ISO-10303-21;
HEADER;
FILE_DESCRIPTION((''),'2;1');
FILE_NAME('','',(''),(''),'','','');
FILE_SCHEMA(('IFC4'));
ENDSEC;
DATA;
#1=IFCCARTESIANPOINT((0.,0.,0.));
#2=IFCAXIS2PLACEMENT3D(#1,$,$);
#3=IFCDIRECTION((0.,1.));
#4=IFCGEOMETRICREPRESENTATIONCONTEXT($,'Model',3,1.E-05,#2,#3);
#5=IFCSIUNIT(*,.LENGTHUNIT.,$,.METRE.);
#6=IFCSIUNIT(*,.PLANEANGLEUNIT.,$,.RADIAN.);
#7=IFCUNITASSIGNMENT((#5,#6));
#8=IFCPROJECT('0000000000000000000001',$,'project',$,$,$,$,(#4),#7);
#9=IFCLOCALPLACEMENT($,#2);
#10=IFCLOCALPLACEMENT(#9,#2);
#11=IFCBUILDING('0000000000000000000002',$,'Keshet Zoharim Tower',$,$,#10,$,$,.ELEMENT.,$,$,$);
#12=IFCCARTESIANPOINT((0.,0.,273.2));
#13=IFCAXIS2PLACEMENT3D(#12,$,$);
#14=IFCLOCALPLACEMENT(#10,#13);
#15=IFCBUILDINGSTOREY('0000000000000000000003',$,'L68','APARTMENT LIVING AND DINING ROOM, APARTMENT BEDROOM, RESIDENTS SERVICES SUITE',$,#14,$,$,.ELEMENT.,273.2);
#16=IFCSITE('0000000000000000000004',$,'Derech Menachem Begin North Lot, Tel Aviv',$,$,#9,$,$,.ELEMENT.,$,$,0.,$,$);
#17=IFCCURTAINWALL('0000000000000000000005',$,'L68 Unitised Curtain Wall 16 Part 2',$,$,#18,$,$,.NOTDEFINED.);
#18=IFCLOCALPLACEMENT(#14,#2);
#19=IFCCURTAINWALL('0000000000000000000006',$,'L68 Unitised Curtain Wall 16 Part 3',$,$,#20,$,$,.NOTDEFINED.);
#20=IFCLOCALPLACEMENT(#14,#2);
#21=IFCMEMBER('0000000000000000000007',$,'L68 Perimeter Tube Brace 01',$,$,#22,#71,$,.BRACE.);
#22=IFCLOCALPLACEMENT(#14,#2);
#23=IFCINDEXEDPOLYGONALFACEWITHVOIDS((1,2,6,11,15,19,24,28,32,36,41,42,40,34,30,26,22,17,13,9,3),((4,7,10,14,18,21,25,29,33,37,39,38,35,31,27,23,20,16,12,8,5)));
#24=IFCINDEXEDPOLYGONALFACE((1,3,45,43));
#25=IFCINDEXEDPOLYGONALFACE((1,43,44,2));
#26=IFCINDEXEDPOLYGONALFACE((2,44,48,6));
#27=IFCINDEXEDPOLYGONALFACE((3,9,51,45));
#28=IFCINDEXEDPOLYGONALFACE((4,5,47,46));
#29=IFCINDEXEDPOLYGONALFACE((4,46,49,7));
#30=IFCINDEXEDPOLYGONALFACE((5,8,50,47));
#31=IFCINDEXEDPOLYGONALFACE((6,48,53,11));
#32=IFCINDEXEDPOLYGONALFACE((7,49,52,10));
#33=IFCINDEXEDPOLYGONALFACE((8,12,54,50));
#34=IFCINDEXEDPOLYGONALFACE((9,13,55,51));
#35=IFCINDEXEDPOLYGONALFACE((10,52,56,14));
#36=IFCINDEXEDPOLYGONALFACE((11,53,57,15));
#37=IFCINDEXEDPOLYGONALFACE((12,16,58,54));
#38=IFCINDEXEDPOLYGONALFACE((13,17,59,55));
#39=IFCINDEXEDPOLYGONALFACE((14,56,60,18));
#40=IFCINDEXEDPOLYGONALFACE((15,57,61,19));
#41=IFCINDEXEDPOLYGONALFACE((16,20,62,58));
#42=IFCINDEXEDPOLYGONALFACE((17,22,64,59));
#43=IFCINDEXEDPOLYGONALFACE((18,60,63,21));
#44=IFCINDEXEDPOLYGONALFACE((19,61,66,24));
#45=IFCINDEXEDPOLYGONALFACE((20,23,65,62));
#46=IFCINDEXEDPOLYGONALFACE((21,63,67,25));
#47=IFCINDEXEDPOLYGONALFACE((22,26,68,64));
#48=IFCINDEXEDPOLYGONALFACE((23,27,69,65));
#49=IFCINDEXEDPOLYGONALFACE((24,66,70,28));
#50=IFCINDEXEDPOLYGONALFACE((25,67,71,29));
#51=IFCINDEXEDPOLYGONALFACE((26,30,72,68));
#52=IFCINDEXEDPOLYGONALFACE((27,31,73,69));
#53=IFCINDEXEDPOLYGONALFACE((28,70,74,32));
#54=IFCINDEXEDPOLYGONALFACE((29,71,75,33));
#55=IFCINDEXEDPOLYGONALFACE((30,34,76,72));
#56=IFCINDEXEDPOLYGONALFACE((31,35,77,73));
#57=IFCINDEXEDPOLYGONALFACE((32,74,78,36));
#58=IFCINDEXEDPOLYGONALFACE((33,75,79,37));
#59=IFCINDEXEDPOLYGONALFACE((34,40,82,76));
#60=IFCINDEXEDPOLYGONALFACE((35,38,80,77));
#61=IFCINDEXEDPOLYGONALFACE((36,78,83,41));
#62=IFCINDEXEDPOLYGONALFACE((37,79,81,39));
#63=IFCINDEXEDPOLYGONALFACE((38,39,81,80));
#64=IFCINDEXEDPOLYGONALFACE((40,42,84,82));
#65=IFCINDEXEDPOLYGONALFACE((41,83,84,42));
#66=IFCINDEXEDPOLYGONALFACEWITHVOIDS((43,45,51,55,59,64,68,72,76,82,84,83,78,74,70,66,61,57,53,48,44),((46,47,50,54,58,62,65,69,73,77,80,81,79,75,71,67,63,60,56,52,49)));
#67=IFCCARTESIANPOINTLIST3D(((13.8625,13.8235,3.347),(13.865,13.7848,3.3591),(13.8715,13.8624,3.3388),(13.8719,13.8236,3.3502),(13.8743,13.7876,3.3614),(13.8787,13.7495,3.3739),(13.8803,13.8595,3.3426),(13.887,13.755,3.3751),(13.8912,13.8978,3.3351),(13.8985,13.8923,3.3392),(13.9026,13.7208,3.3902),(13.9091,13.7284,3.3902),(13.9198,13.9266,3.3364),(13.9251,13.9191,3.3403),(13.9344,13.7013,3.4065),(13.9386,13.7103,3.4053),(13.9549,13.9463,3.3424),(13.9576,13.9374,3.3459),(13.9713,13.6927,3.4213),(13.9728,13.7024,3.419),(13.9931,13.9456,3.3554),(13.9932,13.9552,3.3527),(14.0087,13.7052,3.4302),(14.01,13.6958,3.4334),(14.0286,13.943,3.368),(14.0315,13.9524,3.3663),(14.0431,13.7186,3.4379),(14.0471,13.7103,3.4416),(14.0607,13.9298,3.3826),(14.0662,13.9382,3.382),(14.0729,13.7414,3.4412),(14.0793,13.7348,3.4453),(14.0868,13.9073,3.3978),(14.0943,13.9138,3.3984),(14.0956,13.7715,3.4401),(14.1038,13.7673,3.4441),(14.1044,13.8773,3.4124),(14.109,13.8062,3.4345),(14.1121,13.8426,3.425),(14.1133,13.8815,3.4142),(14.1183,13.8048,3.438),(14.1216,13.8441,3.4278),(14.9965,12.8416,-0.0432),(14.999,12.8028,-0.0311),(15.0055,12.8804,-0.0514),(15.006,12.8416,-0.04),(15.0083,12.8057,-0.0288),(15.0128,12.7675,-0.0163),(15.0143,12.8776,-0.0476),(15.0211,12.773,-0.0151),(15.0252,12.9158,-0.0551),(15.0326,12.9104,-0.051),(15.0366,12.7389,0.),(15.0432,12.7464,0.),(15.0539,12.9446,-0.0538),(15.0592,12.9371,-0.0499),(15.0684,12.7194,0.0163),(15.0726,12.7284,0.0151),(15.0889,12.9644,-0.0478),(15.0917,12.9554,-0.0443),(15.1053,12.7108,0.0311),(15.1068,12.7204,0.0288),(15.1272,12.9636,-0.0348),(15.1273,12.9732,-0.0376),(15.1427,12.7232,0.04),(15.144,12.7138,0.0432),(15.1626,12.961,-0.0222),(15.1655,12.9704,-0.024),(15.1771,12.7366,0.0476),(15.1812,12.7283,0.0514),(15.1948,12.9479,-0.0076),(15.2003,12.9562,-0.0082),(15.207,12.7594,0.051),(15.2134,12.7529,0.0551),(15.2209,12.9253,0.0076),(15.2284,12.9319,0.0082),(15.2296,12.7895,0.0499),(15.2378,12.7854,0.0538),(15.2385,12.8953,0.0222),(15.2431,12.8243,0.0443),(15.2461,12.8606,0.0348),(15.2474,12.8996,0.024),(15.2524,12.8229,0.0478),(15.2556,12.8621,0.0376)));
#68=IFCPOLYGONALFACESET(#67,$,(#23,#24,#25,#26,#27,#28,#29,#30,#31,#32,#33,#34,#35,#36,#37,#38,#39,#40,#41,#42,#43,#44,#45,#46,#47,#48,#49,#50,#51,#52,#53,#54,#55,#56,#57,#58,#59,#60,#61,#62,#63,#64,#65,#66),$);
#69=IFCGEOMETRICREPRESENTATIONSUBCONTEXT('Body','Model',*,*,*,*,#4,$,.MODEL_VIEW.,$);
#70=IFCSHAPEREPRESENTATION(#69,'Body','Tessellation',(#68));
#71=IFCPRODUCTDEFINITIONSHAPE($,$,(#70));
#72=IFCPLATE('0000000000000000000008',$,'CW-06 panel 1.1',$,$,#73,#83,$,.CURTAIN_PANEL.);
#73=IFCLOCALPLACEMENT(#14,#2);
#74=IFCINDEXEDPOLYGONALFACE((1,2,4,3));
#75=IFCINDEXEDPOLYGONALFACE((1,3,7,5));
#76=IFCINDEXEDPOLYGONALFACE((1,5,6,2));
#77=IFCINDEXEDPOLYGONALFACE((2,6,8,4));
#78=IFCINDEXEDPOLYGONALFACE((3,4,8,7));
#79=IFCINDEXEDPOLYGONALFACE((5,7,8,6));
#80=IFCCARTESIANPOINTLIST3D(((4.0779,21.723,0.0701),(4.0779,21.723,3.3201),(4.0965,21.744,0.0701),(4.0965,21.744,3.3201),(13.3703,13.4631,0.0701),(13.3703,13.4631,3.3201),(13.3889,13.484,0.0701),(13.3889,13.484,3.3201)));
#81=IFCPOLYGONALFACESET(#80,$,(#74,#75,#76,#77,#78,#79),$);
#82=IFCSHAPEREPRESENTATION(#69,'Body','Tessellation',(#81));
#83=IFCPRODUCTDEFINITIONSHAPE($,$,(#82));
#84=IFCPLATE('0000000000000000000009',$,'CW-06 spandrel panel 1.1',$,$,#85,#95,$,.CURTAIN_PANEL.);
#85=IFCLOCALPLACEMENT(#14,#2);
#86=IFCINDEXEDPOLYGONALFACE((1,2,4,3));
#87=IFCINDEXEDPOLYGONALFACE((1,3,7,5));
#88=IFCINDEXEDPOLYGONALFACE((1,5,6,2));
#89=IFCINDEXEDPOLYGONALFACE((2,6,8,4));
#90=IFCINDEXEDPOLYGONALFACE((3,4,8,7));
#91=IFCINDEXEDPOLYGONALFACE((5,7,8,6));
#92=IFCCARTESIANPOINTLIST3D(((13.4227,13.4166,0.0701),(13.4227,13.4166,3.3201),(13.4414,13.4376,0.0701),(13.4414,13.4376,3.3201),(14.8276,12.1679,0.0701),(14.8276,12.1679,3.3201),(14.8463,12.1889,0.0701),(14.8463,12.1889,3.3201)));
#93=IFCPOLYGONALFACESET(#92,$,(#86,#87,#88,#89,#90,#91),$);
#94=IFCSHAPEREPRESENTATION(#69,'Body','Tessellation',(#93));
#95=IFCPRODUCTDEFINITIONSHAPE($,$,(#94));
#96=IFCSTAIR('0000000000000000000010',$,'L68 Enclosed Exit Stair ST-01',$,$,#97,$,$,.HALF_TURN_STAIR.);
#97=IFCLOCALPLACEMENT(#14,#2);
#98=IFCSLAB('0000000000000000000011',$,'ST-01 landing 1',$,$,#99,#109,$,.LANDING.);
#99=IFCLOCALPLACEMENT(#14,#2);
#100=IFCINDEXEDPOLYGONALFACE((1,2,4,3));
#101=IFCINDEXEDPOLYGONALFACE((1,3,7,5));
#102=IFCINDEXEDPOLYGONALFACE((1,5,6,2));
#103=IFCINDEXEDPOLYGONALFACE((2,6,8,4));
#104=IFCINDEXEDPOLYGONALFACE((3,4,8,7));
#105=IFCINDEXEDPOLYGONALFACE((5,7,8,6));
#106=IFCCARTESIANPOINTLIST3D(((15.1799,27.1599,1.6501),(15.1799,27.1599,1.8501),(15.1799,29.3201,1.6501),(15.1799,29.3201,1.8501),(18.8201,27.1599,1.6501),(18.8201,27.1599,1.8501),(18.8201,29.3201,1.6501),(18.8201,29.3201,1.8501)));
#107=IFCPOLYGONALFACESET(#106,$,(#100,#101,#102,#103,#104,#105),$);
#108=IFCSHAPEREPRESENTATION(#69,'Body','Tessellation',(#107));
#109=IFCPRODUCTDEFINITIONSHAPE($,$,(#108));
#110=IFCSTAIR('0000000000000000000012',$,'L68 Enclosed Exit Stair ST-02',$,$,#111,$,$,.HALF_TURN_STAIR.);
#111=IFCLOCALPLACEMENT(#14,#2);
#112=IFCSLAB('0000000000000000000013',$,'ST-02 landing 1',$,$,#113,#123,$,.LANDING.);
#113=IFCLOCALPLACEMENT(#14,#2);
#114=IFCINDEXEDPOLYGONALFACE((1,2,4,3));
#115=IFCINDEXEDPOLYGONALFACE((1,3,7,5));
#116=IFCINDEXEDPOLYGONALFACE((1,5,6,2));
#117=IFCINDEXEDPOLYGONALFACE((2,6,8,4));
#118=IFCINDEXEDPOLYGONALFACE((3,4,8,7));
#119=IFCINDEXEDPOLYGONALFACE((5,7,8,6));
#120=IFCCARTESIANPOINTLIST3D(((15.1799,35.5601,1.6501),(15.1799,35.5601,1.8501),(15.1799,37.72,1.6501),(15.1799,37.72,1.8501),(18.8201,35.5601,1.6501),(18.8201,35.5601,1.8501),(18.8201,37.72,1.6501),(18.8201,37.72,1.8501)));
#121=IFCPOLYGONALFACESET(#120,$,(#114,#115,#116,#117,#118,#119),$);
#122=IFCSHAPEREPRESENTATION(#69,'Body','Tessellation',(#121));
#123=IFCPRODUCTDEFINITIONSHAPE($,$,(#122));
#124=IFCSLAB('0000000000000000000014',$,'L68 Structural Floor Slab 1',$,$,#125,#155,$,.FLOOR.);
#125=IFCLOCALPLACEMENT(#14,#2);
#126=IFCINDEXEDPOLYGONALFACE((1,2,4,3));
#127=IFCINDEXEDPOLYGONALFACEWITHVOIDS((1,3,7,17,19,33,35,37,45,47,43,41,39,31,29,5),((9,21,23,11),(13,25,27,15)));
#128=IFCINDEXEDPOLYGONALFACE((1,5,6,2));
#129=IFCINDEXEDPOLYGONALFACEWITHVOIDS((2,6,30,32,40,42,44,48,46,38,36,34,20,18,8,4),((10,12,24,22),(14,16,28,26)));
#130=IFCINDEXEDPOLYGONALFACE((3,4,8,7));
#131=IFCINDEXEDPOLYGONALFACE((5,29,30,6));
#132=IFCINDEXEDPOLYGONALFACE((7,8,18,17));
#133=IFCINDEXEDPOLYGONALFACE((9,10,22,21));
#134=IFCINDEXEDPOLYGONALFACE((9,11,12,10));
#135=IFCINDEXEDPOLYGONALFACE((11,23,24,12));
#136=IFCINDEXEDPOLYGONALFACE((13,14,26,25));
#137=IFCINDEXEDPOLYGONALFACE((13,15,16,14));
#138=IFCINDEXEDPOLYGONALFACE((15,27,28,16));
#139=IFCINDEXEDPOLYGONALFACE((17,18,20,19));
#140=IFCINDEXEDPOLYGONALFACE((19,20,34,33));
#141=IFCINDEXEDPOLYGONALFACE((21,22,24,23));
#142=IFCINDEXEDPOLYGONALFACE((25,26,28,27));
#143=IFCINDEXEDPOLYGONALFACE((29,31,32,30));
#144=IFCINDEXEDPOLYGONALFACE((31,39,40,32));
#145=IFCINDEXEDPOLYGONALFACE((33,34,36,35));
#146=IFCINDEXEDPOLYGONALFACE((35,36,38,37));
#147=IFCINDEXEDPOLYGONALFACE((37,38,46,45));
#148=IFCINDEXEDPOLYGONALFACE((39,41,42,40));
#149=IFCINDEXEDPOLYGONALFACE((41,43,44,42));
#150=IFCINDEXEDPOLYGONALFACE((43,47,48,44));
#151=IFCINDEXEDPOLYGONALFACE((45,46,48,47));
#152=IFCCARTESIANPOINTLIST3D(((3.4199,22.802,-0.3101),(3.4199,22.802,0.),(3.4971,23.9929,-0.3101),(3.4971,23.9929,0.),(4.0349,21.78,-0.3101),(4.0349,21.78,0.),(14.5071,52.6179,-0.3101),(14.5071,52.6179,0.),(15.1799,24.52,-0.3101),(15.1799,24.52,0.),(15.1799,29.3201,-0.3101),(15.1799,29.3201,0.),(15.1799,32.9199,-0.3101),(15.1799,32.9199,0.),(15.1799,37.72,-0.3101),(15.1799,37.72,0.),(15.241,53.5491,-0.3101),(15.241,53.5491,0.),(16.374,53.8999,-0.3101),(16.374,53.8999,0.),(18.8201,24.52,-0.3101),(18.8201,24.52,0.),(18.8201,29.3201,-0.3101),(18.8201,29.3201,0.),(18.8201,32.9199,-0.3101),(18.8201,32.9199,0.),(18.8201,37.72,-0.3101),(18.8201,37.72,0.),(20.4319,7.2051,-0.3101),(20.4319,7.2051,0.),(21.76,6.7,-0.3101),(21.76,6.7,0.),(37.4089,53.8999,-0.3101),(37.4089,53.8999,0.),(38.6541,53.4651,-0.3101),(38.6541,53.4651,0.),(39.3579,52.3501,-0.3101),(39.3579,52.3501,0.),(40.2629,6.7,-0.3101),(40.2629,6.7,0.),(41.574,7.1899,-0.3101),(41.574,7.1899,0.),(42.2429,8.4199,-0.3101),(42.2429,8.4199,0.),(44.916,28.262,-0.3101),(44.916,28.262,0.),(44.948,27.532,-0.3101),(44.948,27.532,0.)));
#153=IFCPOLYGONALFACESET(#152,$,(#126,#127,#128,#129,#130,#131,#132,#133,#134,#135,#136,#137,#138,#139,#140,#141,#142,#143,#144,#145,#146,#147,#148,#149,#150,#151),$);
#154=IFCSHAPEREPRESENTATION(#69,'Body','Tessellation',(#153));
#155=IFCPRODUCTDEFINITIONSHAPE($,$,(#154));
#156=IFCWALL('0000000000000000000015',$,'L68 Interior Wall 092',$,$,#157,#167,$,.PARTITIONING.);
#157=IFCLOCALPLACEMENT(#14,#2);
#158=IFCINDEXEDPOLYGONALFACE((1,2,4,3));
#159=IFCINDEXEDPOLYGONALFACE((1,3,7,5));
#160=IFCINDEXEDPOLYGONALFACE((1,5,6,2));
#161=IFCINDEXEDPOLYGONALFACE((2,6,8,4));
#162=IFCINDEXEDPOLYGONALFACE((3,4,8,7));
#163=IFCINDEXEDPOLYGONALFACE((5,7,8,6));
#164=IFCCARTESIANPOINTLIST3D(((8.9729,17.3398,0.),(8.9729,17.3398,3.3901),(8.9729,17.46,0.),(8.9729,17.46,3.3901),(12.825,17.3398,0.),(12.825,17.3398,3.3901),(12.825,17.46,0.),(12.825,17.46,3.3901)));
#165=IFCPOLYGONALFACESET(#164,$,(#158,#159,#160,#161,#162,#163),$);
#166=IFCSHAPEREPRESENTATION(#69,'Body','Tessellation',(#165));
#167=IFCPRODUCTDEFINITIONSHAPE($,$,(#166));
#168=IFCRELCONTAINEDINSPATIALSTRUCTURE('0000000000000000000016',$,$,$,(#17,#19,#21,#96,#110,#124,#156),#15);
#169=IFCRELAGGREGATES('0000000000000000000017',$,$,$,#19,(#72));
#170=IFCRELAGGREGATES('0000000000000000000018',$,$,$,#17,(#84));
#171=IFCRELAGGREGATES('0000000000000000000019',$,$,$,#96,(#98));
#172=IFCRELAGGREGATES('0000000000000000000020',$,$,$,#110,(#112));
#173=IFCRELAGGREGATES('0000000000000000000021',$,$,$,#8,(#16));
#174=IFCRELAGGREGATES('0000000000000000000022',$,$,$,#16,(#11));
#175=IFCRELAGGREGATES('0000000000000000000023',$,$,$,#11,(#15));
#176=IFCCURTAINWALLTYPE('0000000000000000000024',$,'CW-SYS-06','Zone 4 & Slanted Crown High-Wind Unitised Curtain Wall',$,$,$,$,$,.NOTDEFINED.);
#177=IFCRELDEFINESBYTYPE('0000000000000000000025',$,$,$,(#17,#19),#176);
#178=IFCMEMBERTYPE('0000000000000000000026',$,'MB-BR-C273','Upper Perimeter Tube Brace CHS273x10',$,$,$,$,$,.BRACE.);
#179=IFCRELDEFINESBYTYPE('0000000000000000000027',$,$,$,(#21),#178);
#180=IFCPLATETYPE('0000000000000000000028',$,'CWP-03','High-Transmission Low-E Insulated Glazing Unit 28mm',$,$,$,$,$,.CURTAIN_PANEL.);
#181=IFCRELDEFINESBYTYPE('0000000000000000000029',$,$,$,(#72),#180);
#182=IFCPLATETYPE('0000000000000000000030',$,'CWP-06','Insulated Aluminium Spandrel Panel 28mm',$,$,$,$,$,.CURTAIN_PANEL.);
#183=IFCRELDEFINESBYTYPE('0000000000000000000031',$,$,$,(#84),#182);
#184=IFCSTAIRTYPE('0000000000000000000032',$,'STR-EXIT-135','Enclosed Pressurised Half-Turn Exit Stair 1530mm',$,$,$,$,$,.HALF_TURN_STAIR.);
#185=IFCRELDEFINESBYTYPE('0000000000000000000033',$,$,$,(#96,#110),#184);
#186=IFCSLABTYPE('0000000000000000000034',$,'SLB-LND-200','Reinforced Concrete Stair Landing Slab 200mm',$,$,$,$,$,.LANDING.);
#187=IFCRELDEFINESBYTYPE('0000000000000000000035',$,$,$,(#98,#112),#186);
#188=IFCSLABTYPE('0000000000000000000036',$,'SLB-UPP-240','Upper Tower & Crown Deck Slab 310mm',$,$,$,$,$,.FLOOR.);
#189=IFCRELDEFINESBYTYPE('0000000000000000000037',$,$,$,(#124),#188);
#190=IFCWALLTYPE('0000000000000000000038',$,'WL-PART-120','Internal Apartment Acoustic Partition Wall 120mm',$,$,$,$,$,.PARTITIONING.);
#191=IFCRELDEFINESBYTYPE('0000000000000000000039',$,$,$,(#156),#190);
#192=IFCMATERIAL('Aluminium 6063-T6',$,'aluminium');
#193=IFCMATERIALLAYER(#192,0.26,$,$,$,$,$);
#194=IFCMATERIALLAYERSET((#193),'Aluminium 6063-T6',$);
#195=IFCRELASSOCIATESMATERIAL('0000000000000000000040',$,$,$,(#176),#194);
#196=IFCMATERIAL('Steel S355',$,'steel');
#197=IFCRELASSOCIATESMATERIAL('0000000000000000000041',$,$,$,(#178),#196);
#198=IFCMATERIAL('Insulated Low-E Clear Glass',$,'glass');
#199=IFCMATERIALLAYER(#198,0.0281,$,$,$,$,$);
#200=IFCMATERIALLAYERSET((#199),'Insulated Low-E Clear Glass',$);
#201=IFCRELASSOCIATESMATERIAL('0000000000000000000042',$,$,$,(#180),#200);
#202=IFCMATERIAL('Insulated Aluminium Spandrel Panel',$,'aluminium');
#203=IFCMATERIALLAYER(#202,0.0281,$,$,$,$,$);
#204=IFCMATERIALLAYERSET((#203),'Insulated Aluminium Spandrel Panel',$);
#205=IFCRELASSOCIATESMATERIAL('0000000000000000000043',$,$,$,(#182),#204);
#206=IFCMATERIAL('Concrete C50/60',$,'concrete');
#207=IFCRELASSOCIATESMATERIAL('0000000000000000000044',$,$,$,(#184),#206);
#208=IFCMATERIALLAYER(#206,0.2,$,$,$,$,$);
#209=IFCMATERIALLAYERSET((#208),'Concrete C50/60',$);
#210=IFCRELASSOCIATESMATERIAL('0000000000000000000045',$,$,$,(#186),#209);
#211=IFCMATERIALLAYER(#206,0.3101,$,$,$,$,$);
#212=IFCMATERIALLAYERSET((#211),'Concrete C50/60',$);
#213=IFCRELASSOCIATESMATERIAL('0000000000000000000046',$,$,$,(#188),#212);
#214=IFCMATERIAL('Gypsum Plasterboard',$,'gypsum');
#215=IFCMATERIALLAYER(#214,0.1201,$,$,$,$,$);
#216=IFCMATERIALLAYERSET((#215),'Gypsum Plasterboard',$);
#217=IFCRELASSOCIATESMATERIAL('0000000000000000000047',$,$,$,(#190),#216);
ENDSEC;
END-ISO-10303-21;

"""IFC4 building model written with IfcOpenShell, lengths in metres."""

from ifc_helpers import new_model, si_unit, direction, frame, frame_2d, origin, origin_2d, place, context, subcontext, project, spatial, polyline, rectangle, hollow_circle, outline, extrude, material, layer, layer_set, material_profile, profile_set, type_object, element, aggregate, save


model = new_model("IFC4")

# Units and contexts
model_context = context("Model", 3, precision=1e-05, world=origin(), true_north=direction((0.0, 1.0)))
body_context = subcontext(model_context, "Body", "Model", "MODEL_VIEW")
ifc_project = project(units=[si_unit("LENGTHUNIT", "METRE"), si_unit("PLANEANGLEUNIT", "RADIAN")], contexts=[model_context])

# Site, building, storey
site_placement = place(None, origin())
site = spatial("IfcSite", under=ifc_project, at=site_placement, Name="Derech Menachem Begin North Lot, Tel Aviv", CompositionType="ELEMENT", RefElevation=0.0)
building_placement = place(site_placement, origin())
building = spatial("IfcBuilding", under=site, at=building_placement, Name="Keshet Zoharim Tower", CompositionType="ELEMENT")
storey_placement = place(building_placement, frame((0.0, 0.0, 273.2)))
storey = spatial("IfcBuildingStorey", under=building, at=storey_placement, Name="L68", Description="APARTMENT LIVING AND DINING ROOM, APARTMENT BEDROOM, RESIDENTS SERVICES SUITE", CompositionType="ELEMENT", Elevation=273.2)

# Shared definitions
ifc_material_1 = material(Name="Steel S355", Category="steel")
ifc_material_2 = material(Name="Concrete C50/60", Category="concrete")

# Shared definitions
ifc_material_3 = material(Name="Aluminium 6063-T6", Category="aluminium")
ifc_layer_1 = layer(ifc_material_3, 0.26)
ifc_layer_set_1 = layer_set([ifc_layer_1], Name="Aluminium 6063-T6")
curtain_wall_type = type_object("IfcCurtainWallType", Name="CW-SYS-06", Description="Zone 4 & Slanted Crown High-Wind Unitised Curtain Wall", PredefinedType="NOTDEFINED", material=ifc_layer_set_1)

# Curtain walls
curtain_wall_1_placement = place(storey_placement, origin())
curtain_wall_1 = element("IfcCurtainWall", 1, at=curtain_wall_1_placement, inside=storey, type_object=curtain_wall_type, Name="L68 Unitised Curtain Wall 16 Part 2", PredefinedType="NOTDEFINED")
curtain_wall_2_placement = place(storey_placement, origin())
curtain_wall_2 = element("IfcCurtainWall", 2, at=curtain_wall_2_placement, inside=storey, type_object=curtain_wall_type, Name="L68 Unitised Curtain Wall 16 Part 3", PredefinedType="NOTDEFINED")

# Member
ifc_material_profile_1 = material_profile(ifc_material_1, hollow_circle(Radius=0.1365, WallThickness=0.01, at=origin_2d()), Name="CHS273x10")
ifc_profile_set_1 = profile_set([ifc_material_profile_1], Name="Steel S355")
member_type_1 = type_object("IfcMemberType", Name="MB-BR-C273", Description="Upper Perimeter Tube Brace CHS273x10", PredefinedType="BRACE", material=ifc_profile_set_1)
member_1_placement = place(storey_placement, frame((15.126, 12.842, 0.0), z_axis=(-0.305901, 0.264873, 0.914476), x_axis=(-0.65459, -0.755984, 0.0)))
element("IfcMember", 3, at=member_1_placement, inside=storey, type_object=member_type_1, Name="L68 Perimeter Tube Brace 01", PredefinedType="BRACE", context=body_context, shape_type="SweptSolid", body=[
    extrude(hollow_circle(Radius=0.1365, WallThickness=0.01, at=origin_2d()), origin(), (0.0, 0.0, 1.0), 3.7073),
])

# Plates
ifc_material_4 = material(Name="Insulated Low-E Clear Glass", Category="glass")
ifc_layer_2 = layer(ifc_material_4, 0.0281)
ifc_layer_set_2 = layer_set([ifc_layer_2], Name="Insulated Low-E Clear Glass")
plate_type_1 = type_object("IfcPlateType", Name="CWP-03", Description="High-Transmission Low-E Insulated Glazing Unit 28mm", PredefinedType="CURTAIN_PANEL", material=ifc_layer_set_2)
plate_1_placement = place(storey_placement, frame((8.7334, 17.6035, 0.0701), z_axis=(0.0, 0.0, 1.0), x_axis=(-0.747409, 0.664364, 0.0)))
plate_1 = element("IfcPlate", 4, at=plate_1_placement, type_object=plate_type_1, Name="CW-06 panel 1.1", PredefinedType="CURTAIN_PANEL", context=body_context, shape_type="SweptSolid", body=[
    extrude(rectangle(XDim=12.4329, YDim=0.0281, at=origin_2d()), origin(), (0.0, 0.0, 1.0), 3.25),
])
aggregate(curtain_wall_2, [plate_1])
ifc_material_5 = material(Name="Insulated Aluminium Spandrel Panel", Category="aluminium")
ifc_layer_3 = layer(ifc_material_5, 0.0281)
ifc_layer_set_3 = layer_set([ifc_layer_3], Name="Insulated Aluminium Spandrel Panel")
plate_type_2 = type_object("IfcPlateType", Name="CWP-06", Description="Insulated Aluminium Spandrel Panel 28mm", PredefinedType="CURTAIN_PANEL", material=ifc_layer_set_3)
plate_2_placement = place(storey_placement, frame((14.1345, 12.8027, 0.0701), z_axis=(0.0, 0.0, 1.0), x_axis=(-0.747432, 0.664338, 0.0)))
plate_2 = element("IfcPlate", 5, at=plate_2_placement, type_object=plate_type_2, Name="CW-06 spandrel panel 1.1", PredefinedType="CURTAIN_PANEL", context=body_context, shape_type="SweptSolid", body=[
    extrude(rectangle(XDim=1.8796, YDim=0.0281, at=origin_2d()), origin(), (0.0, 0.0, 1.0), 3.25),
])
aggregate(curtain_wall_1, [plate_2])

# Stairs, slabs
stair_type = type_object("IfcStairType", Name="STR-EXIT-135", Description="Enclosed Pressurised Half-Turn Exit Stair 1530mm", PredefinedType="HALF_TURN_STAIR", material=ifc_material_2)
stair_1_placement = place(storey_placement, origin())
stair_1 = element("IfcStair", 6, at=stair_1_placement, inside=storey, type_object=stair_type, Name="L68 Enclosed Exit Stair ST-01", PredefinedType="HALF_TURN_STAIR")
ifc_layer_4 = layer(ifc_material_2, 0.2)
ifc_layer_set_4 = layer_set([ifc_layer_4], Name="Concrete C50/60")
slab_type_1 = type_object("IfcSlabType", Name="SLB-LND-200", Description="Reinforced Concrete Stair Landing Slab 200mm", PredefinedType="LANDING", material=ifc_layer_set_4)
slab_1_placement = place(storey_placement, frame((0.0, 0.0, 1.6501)))
slab_1 = element("IfcSlab", 7, at=slab_1_placement, type_object=slab_type_1, Name="ST-01 landing 1", PredefinedType="LANDING", context=body_context, shape_type="SweptSolid", body=[
    extrude(outline(polyline([(15.1799, 27.1599), (18.8201, 27.1599), (18.8201, 29.3201), (15.1799, 29.3201), (15.1799, 27.1599)])), origin(), (0.0, 0.0, 1.0), 0.2),
])
aggregate(stair_1, [slab_1])
stair_2_placement = place(storey_placement, origin())
stair_2 = element("IfcStair", 8, at=stair_2_placement, inside=storey, type_object=stair_type, Name="L68 Enclosed Exit Stair ST-02", PredefinedType="HALF_TURN_STAIR")
slab_2_placement = place(storey_placement, frame((0.0, 0.0, 1.6501)))
slab_2 = element("IfcSlab", 9, at=slab_2_placement, type_object=slab_type_1, Name="ST-02 landing 1", PredefinedType="LANDING", context=body_context, shape_type="SweptSolid", body=[
    extrude(outline(polyline([(15.1799, 35.5601), (18.8201, 35.5601), (18.8201, 37.72), (15.1799, 37.72), (15.1799, 35.5601)])), origin(), (0.0, 0.0, 1.0), 0.2),
])
aggregate(stair_2, [slab_2])

# Slab
ifc_layer_5 = layer(ifc_material_2, 0.3101)
ifc_layer_set_5 = layer_set([ifc_layer_5], Name="Concrete C50/60")
slab_type_2 = type_object("IfcSlabType", Name="SLB-UPP-240", Description="Upper Tower & Crown Deck Slab 310mm", PredefinedType="FLOOR", material=ifc_layer_set_5)
slab_3_placement = place(storey_placement, frame((0.0, 0.0, -0.3101)))
element("IfcSlab", 10, at=slab_3_placement, inside=storey, type_object=slab_type_2, Name="L68 Structural Floor Slab 1", PredefinedType="FLOOR", context=body_context, shape_type="SweptSolid", body=[
    extrude(outline(polyline([(4.0349, 21.78), (3.4199, 22.802), (3.4971, 23.9929), (14.5071, 52.6179), (15.241, 53.5491), (16.374, 53.8999), (37.4089, 53.8999), (38.6541, 53.4651), (39.3579, 52.3501), (44.916, 28.262), (44.948, 27.532), (42.2429, 8.4199), (41.574, 7.1899), (40.2629, 6.7), (21.76, 6.7), (20.4319, 7.2051), (4.0349, 21.78)]), holes=[polyline([(15.1799, 24.52), (18.8201, 24.52), (18.8201, 29.3201), (15.1799, 29.3201), (15.1799, 24.52)]), polyline([(15.1799, 32.9199), (18.8201, 32.9199), (18.8201, 37.72), (15.1799, 37.72), (15.1799, 32.9199)])]), origin(), (0.0, 0.0, 1.0), 0.3101),
])

# Shared definitions
ifc_material_6 = material(Name="Gypsum Plasterboard", Category="gypsum")

# Wall
ifc_layer_6 = layer(ifc_material_6, 0.1201)
ifc_layer_set_6 = layer_set([ifc_layer_6], Name="Gypsum Plasterboard")
wall_type_1 = type_object("IfcWallType", Name="WL-PART-120", Description="Internal Apartment Acoustic Partition Wall 120mm", PredefinedType="PARTITIONING", material=ifc_layer_set_6)
wall_1_placement = place(storey_placement, frame((8.9729, 17.3999, 0.0), z_axis=(0.0, 0.0, 1.0), x_axis=(1.0, 0.0, 0.0)))
element("IfcWall", 11, at=wall_1_placement, inside=storey, type_object=wall_type_1, Name="L68 Interior Wall 092", PredefinedType="PARTITIONING", context=body_context, shape_type="SweptSolid", body=[
    extrude(rectangle(XDim=3.8521, YDim=0.1201, at=frame_2d((1.926, 0.0))), origin(), (0.0, 0.0, 1.0), 3.3901),
])

save(model, "model.ifc")
